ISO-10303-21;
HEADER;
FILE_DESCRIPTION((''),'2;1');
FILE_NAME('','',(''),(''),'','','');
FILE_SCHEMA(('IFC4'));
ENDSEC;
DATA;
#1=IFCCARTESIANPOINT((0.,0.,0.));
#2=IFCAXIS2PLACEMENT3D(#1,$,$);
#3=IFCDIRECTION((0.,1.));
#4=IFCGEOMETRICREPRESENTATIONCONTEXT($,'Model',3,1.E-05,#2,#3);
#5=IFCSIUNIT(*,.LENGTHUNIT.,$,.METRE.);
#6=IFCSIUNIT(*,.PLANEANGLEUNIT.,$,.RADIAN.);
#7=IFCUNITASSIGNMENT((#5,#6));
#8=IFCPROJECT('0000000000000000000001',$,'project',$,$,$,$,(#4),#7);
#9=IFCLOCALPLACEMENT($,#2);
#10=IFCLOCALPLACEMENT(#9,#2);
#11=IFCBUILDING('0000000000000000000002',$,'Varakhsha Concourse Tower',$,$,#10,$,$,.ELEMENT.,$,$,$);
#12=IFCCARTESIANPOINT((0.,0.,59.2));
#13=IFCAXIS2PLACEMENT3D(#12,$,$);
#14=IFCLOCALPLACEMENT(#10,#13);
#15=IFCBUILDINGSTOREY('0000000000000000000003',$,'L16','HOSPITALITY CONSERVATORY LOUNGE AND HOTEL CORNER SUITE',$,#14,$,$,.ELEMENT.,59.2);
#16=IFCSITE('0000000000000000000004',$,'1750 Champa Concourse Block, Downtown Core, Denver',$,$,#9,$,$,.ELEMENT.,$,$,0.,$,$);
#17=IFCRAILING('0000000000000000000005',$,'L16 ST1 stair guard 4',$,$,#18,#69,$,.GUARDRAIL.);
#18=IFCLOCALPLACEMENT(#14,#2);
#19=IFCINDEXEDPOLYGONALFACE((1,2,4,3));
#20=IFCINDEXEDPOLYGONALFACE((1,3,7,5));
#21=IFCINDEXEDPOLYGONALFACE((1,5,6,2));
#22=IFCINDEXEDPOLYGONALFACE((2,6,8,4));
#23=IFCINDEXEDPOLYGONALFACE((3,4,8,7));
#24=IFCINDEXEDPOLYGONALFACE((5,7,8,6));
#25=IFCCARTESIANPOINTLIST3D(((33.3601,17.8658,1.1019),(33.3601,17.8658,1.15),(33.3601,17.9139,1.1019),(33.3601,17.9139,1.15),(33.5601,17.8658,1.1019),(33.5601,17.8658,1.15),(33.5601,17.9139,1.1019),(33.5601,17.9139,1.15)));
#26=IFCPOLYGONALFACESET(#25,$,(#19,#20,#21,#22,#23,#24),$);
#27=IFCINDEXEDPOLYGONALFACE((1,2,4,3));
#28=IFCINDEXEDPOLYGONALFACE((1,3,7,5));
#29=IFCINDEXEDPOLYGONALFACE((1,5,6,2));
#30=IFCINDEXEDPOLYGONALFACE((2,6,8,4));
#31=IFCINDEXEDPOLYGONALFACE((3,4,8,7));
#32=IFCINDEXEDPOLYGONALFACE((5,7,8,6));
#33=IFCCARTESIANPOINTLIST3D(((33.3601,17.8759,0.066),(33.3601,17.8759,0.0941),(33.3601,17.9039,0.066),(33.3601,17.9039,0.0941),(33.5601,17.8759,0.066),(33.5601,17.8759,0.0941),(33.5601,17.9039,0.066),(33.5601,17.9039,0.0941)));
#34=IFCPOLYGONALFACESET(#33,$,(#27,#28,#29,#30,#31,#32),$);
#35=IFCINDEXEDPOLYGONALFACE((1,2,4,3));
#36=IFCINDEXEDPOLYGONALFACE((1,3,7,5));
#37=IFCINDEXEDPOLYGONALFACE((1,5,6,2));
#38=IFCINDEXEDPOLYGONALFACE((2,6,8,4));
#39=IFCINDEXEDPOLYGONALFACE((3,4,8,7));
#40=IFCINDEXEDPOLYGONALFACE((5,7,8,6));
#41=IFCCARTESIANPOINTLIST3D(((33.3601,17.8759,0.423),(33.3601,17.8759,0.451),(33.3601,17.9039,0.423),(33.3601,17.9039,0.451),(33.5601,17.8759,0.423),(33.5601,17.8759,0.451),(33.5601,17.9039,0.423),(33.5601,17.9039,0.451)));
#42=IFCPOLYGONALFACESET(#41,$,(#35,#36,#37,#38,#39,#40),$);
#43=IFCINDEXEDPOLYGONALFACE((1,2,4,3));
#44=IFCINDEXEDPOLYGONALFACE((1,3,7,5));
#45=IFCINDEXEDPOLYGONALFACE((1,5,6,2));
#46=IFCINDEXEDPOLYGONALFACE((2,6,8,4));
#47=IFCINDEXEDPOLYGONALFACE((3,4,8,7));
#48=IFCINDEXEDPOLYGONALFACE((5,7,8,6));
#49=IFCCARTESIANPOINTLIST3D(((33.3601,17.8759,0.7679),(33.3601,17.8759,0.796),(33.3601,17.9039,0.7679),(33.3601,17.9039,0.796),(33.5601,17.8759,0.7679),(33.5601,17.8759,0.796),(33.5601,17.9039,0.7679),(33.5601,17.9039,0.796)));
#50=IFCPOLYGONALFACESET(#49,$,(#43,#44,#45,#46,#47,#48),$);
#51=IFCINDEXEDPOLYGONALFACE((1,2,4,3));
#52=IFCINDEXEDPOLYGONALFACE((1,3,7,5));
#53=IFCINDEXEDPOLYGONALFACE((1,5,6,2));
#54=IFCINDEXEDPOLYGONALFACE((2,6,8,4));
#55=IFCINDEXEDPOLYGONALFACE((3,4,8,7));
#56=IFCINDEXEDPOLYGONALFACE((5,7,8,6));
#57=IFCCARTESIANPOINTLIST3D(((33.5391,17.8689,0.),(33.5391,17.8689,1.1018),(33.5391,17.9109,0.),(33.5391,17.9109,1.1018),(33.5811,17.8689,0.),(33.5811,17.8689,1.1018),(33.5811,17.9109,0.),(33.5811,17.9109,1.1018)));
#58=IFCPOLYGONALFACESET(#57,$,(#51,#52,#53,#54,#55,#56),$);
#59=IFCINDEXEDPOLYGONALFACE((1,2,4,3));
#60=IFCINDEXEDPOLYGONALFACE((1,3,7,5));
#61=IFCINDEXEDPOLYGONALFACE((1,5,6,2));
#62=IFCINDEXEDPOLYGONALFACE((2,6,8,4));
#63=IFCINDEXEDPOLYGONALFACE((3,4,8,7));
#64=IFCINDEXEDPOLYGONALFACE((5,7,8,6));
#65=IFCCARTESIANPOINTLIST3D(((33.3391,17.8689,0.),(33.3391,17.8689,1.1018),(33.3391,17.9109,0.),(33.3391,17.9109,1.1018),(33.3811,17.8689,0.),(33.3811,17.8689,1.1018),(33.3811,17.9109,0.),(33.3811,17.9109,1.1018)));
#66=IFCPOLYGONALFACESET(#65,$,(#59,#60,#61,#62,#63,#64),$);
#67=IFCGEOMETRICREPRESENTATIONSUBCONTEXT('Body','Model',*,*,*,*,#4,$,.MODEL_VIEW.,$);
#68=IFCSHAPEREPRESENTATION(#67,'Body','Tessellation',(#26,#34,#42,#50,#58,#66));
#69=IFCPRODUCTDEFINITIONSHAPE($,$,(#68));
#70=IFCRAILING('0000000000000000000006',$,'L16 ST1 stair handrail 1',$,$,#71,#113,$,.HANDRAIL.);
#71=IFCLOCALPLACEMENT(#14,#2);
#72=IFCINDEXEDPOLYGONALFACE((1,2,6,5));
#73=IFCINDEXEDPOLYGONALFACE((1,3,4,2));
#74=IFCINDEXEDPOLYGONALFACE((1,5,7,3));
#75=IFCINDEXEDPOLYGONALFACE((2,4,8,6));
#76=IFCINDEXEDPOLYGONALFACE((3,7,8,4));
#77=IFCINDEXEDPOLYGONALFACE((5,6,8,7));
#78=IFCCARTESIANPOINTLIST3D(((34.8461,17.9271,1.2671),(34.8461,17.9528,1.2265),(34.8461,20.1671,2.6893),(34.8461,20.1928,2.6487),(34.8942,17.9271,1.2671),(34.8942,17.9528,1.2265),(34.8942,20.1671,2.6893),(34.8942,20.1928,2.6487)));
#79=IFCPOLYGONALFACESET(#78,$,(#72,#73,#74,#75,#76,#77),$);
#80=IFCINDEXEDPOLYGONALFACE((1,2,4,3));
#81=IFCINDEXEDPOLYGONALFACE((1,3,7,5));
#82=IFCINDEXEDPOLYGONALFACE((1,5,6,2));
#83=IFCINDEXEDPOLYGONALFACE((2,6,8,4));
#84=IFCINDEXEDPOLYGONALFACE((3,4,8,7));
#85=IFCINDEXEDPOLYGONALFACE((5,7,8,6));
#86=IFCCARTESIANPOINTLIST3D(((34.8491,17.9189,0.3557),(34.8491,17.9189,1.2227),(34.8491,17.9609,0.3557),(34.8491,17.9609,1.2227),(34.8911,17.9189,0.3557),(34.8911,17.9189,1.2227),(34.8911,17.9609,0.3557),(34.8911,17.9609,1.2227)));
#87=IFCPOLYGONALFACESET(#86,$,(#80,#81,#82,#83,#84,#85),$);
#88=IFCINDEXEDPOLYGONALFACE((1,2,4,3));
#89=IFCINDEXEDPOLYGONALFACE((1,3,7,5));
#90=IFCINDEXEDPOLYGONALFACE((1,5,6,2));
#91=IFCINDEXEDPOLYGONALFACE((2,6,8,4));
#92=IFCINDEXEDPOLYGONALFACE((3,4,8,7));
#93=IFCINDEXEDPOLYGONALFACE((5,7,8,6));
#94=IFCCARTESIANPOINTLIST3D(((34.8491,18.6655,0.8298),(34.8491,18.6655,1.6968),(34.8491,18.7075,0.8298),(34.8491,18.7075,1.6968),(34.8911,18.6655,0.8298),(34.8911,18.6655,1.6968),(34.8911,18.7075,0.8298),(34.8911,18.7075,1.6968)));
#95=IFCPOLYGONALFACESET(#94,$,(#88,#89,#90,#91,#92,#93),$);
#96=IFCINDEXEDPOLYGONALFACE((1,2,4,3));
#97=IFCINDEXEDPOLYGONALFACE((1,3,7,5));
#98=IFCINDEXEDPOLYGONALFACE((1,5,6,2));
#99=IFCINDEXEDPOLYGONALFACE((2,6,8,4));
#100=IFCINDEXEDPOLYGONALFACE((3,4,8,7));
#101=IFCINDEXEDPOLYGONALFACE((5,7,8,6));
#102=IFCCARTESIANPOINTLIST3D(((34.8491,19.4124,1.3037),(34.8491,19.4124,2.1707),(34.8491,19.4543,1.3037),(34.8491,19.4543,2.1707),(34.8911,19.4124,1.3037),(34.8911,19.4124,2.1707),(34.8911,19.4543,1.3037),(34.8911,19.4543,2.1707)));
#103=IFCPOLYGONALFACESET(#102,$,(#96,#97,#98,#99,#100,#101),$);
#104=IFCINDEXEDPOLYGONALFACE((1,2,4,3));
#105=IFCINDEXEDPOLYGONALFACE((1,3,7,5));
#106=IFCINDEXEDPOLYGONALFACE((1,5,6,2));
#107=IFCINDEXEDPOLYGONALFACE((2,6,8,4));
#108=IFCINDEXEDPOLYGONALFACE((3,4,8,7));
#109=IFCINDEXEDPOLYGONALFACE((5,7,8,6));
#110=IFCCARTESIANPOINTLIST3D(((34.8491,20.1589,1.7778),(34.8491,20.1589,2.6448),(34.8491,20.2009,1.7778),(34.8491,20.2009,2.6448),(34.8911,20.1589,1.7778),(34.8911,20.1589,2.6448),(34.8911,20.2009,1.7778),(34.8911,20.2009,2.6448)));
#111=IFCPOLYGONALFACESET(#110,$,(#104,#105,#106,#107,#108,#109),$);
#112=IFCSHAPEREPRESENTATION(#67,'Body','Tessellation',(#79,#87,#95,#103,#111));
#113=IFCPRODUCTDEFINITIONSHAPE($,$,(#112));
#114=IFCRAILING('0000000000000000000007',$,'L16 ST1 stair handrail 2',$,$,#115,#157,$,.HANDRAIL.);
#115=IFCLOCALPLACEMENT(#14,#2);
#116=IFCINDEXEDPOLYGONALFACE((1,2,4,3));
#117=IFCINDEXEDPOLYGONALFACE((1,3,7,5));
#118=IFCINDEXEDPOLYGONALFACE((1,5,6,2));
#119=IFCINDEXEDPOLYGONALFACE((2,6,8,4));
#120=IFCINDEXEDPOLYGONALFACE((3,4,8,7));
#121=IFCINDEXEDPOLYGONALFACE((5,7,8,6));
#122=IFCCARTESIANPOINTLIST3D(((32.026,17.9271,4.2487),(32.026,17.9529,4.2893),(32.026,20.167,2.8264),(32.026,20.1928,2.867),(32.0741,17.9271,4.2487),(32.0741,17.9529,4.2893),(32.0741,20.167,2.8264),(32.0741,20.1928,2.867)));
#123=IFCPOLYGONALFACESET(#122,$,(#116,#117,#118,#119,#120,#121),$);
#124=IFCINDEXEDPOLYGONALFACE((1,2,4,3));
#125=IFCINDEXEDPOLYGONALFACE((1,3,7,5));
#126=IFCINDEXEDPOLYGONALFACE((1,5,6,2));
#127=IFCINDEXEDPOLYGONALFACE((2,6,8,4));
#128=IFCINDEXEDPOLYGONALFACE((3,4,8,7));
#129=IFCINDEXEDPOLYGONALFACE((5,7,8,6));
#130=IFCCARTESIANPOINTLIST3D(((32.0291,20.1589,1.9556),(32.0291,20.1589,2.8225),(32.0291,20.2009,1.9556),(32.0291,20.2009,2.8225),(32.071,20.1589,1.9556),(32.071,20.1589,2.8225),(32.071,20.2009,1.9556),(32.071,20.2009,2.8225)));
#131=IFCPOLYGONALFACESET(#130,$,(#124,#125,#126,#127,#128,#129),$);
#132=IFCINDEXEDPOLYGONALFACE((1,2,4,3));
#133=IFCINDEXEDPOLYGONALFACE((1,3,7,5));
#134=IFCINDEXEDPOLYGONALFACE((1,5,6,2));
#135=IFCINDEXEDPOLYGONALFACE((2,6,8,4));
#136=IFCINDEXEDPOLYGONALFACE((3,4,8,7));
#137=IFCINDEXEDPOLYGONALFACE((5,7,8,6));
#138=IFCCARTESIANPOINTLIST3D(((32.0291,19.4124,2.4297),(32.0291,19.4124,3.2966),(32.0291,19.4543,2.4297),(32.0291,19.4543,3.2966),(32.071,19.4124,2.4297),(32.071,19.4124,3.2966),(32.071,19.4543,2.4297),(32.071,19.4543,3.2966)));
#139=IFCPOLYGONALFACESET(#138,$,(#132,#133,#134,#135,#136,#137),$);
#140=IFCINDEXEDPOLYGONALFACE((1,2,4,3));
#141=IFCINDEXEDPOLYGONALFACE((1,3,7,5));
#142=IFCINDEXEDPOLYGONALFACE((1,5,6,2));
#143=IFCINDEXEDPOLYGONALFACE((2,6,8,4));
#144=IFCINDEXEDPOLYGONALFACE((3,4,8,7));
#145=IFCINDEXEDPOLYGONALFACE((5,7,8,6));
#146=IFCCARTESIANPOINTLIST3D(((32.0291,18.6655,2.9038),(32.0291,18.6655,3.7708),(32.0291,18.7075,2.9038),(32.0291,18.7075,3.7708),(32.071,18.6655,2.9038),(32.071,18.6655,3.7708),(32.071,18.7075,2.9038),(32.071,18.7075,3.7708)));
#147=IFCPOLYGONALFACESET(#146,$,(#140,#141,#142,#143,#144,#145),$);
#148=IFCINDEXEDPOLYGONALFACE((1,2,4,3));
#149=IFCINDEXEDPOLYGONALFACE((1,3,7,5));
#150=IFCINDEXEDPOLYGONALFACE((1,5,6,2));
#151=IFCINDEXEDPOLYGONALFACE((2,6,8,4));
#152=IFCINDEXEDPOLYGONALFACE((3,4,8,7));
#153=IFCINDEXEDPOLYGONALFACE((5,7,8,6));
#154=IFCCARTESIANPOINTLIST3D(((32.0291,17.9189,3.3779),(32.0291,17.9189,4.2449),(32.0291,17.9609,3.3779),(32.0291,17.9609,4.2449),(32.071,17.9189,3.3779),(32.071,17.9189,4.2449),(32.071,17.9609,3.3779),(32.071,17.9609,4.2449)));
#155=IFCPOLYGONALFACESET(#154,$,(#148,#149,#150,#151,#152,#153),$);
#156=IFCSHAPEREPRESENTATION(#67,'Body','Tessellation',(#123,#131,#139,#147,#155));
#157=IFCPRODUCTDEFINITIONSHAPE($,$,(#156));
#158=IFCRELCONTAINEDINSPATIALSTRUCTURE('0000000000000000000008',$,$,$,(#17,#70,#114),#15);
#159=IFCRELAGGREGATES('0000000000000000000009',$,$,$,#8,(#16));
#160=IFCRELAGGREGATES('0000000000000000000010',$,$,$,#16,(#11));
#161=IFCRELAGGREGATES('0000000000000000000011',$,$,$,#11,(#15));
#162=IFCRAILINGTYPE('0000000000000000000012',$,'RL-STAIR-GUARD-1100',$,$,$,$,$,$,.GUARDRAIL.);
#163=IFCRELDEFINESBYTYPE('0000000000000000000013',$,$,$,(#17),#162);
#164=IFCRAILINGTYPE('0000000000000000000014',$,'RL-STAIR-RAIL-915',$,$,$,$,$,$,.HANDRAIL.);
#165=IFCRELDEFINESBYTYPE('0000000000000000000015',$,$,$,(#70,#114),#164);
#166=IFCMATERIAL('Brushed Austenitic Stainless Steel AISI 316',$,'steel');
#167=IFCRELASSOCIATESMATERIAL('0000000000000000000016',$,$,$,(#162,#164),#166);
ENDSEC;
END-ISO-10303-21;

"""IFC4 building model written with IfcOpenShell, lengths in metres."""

from ifc_helpers import new_model, si_unit, direction, frame, origin, origin_2d, place, context, subcontext, project, spatial, rectangle, extrude, material, type_object, element, save


model = new_model("IFC4")

# Units and contexts
model_context = context("Model", 3, precision=1e-05, world=origin(), true_north=direction((0.0, 1.0)))
body_context = subcontext(model_context, "Body", "Model", "MODEL_VIEW")
ifc_project = project(units=[si_unit("LENGTHUNIT", "METRE"), si_unit("PLANEANGLEUNIT", "RADIAN")], contexts=[model_context])

# Site, building, storey
site_placement = place(None, origin())
site = spatial("IfcSite", under=ifc_project, at=site_placement, Name="1750 Champa Concourse Block, Downtown Core, Denver", CompositionType="ELEMENT", RefElevation=0.0)
building_placement = place(site_placement, origin())
building = spatial("IfcBuilding", under=site, at=building_placement, Name="Varakhsha Concourse Tower", CompositionType="ELEMENT")
storey_placement = place(building_placement, frame((0.0, 0.0, 59.2)))
storey = spatial("IfcBuildingStorey", under=building, at=storey_placement, Name="L16", Description="HOSPITALITY CONSERVATORY LOUNGE AND HOTEL CORNER SUITE", CompositionType="ELEMENT", Elevation=59.2)

# Shared definitions
ifc_material_1 = material(Name="Brushed Austenitic Stainless Steel AISI 316", Category="steel")

# Railings
railing_type_1 = type_object("IfcRailingType", Name="RL-STAIR-GUARD-1100", PredefinedType="GUARDRAIL", material=ifc_material_1)
railing_1_placement = place(storey_placement, frame((33.5601, 17.8899, 0.0)))
element("IfcRailing", 1, at=railing_1_placement, inside=storey, type_object=railing_type_1, Name="L16 ST1 stair guard 4", PredefinedType="GUARDRAIL", context=body_context, shape_type="SweptSolid", body=[
    extrude(rectangle(XDim=0.0481, YDim=0.0481, at=origin_2d()), frame((0.0, 0.0, 1.126), z_axis=(-1.0, 0.0, 0.0), x_axis=(0.0, -1.0, 0.0)), (0.0, 0.0, 1.0), 0.2),
    extrude(rectangle(XDim=0.0281, YDim=0.0281, at=origin_2d()), frame((0.0, 0.0, 0.0801), z_axis=(-1.0, 0.0, 0.0), x_axis=(0.0, -1.0, 0.0)), (0.0, 0.0, 1.0), 0.2),
    extrude(rectangle(XDim=0.0281, YDim=0.0281, at=origin_2d()), frame((0.0, 0.0, 0.437), z_axis=(-1.0, 0.0, 0.0), x_axis=(0.0, -1.0, 0.0)), (0.0, 0.0, 1.0), 0.2),
    extrude(rectangle(XDim=0.0281, YDim=0.0281, at=origin_2d()), frame((0.0, 0.0, 0.782), z_axis=(-1.0, 0.0, 0.0), x_axis=(0.0, -1.0, 0.0)), (0.0, 0.0, 1.0), 0.2),
    extrude(rectangle(XDim=0.042, YDim=0.042, at=origin_2d()), origin(), (0.0, 0.0, 1.0), 1.1018),
    extrude(rectangle(XDim=0.042, YDim=0.042, at=origin_2d()), frame((-0.2, 0.0, 0.0)), (0.0, 0.0, 1.0), 1.1018),
])
railing_type_2 = type_object("IfcRailingType", Name="RL-STAIR-RAIL-915", PredefinedType="HANDRAIL", material=ifc_material_1)
railing_2_placement = place(storey_placement, frame((34.8701, 17.9399, 0.3557)))
element("IfcRailing", 2, at=railing_2_placement, inside=storey, type_object=railing_type_2, Name="L16 ST1 stair handrail 1", PredefinedType="HANDRAIL", context=body_context, shape_type="SweptSolid", body=[
    extrude(rectangle(XDim=0.0481, YDim=0.0481, at=origin_2d()), frame((0.0, 0.0, 0.8911), z_axis=(0.0, 0.844229, 0.535982), x_axis=(-1.0, 0.0, 0.0)), (0.0, 0.0, 1.0), 2.6533),
    extrude(rectangle(XDim=0.042, YDim=0.042, at=origin_2d()), origin(), (0.0, 0.0, 1.0), 0.8669),
    extrude(rectangle(XDim=0.042, YDim=0.042, at=origin_2d()), frame((0.0, 0.7466, 0.4741)), (0.0, 0.0, 1.0), 0.8669),
    extrude(rectangle(XDim=0.042, YDim=0.042, at=origin_2d()), frame((0.0, 1.4934, 0.948)), (0.0, 0.0, 1.0), 0.8669),
    extrude(rectangle(XDim=0.042, YDim=0.042, at=origin_2d()), frame((0.0, 2.24, 1.4221)), (0.0, 0.0, 1.0), 0.8669),
])
railing_3_placement = place(storey_placement, frame((32.05, 20.1799, 1.9556)))
element("IfcRailing", 3, at=railing_3_placement, inside=storey, type_object=railing_type_2, Name="L16 ST1 stair handrail 2", PredefinedType="HANDRAIL", context=body_context, shape_type="SweptSolid", body=[
    extrude(rectangle(XDim=0.0481, YDim=0.0481, at=origin_2d()), frame((0.0, 0.0, 0.8911), z_axis=(0.0, -0.844188, 0.536048), x_axis=(1.0, 0.0, 0.0)), (0.0, 0.0, 1.0), 2.6533),
    extrude(rectangle(XDim=0.042, YDim=0.042, at=origin_2d()), origin(), (0.0, 0.0, 1.0), 0.8669),
    extrude(rectangle(XDim=0.042, YDim=0.042, at=origin_2d()), frame((0.0, -0.7466, 0.4741)), (0.0, 0.0, 1.0), 0.8669),
    extrude(rectangle(XDim=0.042, YDim=0.042, at=origin_2d()), frame((0.0, -1.4934, 0.9482)), (0.0, 0.0, 1.0), 0.8669),
    extrude(rectangle(XDim=0.042, YDim=0.042, at=origin_2d()), frame((0.0, -2.24, 1.4224)), (0.0, 0.0, 1.0), 0.8669),
])

save(model, "model.ifc")
